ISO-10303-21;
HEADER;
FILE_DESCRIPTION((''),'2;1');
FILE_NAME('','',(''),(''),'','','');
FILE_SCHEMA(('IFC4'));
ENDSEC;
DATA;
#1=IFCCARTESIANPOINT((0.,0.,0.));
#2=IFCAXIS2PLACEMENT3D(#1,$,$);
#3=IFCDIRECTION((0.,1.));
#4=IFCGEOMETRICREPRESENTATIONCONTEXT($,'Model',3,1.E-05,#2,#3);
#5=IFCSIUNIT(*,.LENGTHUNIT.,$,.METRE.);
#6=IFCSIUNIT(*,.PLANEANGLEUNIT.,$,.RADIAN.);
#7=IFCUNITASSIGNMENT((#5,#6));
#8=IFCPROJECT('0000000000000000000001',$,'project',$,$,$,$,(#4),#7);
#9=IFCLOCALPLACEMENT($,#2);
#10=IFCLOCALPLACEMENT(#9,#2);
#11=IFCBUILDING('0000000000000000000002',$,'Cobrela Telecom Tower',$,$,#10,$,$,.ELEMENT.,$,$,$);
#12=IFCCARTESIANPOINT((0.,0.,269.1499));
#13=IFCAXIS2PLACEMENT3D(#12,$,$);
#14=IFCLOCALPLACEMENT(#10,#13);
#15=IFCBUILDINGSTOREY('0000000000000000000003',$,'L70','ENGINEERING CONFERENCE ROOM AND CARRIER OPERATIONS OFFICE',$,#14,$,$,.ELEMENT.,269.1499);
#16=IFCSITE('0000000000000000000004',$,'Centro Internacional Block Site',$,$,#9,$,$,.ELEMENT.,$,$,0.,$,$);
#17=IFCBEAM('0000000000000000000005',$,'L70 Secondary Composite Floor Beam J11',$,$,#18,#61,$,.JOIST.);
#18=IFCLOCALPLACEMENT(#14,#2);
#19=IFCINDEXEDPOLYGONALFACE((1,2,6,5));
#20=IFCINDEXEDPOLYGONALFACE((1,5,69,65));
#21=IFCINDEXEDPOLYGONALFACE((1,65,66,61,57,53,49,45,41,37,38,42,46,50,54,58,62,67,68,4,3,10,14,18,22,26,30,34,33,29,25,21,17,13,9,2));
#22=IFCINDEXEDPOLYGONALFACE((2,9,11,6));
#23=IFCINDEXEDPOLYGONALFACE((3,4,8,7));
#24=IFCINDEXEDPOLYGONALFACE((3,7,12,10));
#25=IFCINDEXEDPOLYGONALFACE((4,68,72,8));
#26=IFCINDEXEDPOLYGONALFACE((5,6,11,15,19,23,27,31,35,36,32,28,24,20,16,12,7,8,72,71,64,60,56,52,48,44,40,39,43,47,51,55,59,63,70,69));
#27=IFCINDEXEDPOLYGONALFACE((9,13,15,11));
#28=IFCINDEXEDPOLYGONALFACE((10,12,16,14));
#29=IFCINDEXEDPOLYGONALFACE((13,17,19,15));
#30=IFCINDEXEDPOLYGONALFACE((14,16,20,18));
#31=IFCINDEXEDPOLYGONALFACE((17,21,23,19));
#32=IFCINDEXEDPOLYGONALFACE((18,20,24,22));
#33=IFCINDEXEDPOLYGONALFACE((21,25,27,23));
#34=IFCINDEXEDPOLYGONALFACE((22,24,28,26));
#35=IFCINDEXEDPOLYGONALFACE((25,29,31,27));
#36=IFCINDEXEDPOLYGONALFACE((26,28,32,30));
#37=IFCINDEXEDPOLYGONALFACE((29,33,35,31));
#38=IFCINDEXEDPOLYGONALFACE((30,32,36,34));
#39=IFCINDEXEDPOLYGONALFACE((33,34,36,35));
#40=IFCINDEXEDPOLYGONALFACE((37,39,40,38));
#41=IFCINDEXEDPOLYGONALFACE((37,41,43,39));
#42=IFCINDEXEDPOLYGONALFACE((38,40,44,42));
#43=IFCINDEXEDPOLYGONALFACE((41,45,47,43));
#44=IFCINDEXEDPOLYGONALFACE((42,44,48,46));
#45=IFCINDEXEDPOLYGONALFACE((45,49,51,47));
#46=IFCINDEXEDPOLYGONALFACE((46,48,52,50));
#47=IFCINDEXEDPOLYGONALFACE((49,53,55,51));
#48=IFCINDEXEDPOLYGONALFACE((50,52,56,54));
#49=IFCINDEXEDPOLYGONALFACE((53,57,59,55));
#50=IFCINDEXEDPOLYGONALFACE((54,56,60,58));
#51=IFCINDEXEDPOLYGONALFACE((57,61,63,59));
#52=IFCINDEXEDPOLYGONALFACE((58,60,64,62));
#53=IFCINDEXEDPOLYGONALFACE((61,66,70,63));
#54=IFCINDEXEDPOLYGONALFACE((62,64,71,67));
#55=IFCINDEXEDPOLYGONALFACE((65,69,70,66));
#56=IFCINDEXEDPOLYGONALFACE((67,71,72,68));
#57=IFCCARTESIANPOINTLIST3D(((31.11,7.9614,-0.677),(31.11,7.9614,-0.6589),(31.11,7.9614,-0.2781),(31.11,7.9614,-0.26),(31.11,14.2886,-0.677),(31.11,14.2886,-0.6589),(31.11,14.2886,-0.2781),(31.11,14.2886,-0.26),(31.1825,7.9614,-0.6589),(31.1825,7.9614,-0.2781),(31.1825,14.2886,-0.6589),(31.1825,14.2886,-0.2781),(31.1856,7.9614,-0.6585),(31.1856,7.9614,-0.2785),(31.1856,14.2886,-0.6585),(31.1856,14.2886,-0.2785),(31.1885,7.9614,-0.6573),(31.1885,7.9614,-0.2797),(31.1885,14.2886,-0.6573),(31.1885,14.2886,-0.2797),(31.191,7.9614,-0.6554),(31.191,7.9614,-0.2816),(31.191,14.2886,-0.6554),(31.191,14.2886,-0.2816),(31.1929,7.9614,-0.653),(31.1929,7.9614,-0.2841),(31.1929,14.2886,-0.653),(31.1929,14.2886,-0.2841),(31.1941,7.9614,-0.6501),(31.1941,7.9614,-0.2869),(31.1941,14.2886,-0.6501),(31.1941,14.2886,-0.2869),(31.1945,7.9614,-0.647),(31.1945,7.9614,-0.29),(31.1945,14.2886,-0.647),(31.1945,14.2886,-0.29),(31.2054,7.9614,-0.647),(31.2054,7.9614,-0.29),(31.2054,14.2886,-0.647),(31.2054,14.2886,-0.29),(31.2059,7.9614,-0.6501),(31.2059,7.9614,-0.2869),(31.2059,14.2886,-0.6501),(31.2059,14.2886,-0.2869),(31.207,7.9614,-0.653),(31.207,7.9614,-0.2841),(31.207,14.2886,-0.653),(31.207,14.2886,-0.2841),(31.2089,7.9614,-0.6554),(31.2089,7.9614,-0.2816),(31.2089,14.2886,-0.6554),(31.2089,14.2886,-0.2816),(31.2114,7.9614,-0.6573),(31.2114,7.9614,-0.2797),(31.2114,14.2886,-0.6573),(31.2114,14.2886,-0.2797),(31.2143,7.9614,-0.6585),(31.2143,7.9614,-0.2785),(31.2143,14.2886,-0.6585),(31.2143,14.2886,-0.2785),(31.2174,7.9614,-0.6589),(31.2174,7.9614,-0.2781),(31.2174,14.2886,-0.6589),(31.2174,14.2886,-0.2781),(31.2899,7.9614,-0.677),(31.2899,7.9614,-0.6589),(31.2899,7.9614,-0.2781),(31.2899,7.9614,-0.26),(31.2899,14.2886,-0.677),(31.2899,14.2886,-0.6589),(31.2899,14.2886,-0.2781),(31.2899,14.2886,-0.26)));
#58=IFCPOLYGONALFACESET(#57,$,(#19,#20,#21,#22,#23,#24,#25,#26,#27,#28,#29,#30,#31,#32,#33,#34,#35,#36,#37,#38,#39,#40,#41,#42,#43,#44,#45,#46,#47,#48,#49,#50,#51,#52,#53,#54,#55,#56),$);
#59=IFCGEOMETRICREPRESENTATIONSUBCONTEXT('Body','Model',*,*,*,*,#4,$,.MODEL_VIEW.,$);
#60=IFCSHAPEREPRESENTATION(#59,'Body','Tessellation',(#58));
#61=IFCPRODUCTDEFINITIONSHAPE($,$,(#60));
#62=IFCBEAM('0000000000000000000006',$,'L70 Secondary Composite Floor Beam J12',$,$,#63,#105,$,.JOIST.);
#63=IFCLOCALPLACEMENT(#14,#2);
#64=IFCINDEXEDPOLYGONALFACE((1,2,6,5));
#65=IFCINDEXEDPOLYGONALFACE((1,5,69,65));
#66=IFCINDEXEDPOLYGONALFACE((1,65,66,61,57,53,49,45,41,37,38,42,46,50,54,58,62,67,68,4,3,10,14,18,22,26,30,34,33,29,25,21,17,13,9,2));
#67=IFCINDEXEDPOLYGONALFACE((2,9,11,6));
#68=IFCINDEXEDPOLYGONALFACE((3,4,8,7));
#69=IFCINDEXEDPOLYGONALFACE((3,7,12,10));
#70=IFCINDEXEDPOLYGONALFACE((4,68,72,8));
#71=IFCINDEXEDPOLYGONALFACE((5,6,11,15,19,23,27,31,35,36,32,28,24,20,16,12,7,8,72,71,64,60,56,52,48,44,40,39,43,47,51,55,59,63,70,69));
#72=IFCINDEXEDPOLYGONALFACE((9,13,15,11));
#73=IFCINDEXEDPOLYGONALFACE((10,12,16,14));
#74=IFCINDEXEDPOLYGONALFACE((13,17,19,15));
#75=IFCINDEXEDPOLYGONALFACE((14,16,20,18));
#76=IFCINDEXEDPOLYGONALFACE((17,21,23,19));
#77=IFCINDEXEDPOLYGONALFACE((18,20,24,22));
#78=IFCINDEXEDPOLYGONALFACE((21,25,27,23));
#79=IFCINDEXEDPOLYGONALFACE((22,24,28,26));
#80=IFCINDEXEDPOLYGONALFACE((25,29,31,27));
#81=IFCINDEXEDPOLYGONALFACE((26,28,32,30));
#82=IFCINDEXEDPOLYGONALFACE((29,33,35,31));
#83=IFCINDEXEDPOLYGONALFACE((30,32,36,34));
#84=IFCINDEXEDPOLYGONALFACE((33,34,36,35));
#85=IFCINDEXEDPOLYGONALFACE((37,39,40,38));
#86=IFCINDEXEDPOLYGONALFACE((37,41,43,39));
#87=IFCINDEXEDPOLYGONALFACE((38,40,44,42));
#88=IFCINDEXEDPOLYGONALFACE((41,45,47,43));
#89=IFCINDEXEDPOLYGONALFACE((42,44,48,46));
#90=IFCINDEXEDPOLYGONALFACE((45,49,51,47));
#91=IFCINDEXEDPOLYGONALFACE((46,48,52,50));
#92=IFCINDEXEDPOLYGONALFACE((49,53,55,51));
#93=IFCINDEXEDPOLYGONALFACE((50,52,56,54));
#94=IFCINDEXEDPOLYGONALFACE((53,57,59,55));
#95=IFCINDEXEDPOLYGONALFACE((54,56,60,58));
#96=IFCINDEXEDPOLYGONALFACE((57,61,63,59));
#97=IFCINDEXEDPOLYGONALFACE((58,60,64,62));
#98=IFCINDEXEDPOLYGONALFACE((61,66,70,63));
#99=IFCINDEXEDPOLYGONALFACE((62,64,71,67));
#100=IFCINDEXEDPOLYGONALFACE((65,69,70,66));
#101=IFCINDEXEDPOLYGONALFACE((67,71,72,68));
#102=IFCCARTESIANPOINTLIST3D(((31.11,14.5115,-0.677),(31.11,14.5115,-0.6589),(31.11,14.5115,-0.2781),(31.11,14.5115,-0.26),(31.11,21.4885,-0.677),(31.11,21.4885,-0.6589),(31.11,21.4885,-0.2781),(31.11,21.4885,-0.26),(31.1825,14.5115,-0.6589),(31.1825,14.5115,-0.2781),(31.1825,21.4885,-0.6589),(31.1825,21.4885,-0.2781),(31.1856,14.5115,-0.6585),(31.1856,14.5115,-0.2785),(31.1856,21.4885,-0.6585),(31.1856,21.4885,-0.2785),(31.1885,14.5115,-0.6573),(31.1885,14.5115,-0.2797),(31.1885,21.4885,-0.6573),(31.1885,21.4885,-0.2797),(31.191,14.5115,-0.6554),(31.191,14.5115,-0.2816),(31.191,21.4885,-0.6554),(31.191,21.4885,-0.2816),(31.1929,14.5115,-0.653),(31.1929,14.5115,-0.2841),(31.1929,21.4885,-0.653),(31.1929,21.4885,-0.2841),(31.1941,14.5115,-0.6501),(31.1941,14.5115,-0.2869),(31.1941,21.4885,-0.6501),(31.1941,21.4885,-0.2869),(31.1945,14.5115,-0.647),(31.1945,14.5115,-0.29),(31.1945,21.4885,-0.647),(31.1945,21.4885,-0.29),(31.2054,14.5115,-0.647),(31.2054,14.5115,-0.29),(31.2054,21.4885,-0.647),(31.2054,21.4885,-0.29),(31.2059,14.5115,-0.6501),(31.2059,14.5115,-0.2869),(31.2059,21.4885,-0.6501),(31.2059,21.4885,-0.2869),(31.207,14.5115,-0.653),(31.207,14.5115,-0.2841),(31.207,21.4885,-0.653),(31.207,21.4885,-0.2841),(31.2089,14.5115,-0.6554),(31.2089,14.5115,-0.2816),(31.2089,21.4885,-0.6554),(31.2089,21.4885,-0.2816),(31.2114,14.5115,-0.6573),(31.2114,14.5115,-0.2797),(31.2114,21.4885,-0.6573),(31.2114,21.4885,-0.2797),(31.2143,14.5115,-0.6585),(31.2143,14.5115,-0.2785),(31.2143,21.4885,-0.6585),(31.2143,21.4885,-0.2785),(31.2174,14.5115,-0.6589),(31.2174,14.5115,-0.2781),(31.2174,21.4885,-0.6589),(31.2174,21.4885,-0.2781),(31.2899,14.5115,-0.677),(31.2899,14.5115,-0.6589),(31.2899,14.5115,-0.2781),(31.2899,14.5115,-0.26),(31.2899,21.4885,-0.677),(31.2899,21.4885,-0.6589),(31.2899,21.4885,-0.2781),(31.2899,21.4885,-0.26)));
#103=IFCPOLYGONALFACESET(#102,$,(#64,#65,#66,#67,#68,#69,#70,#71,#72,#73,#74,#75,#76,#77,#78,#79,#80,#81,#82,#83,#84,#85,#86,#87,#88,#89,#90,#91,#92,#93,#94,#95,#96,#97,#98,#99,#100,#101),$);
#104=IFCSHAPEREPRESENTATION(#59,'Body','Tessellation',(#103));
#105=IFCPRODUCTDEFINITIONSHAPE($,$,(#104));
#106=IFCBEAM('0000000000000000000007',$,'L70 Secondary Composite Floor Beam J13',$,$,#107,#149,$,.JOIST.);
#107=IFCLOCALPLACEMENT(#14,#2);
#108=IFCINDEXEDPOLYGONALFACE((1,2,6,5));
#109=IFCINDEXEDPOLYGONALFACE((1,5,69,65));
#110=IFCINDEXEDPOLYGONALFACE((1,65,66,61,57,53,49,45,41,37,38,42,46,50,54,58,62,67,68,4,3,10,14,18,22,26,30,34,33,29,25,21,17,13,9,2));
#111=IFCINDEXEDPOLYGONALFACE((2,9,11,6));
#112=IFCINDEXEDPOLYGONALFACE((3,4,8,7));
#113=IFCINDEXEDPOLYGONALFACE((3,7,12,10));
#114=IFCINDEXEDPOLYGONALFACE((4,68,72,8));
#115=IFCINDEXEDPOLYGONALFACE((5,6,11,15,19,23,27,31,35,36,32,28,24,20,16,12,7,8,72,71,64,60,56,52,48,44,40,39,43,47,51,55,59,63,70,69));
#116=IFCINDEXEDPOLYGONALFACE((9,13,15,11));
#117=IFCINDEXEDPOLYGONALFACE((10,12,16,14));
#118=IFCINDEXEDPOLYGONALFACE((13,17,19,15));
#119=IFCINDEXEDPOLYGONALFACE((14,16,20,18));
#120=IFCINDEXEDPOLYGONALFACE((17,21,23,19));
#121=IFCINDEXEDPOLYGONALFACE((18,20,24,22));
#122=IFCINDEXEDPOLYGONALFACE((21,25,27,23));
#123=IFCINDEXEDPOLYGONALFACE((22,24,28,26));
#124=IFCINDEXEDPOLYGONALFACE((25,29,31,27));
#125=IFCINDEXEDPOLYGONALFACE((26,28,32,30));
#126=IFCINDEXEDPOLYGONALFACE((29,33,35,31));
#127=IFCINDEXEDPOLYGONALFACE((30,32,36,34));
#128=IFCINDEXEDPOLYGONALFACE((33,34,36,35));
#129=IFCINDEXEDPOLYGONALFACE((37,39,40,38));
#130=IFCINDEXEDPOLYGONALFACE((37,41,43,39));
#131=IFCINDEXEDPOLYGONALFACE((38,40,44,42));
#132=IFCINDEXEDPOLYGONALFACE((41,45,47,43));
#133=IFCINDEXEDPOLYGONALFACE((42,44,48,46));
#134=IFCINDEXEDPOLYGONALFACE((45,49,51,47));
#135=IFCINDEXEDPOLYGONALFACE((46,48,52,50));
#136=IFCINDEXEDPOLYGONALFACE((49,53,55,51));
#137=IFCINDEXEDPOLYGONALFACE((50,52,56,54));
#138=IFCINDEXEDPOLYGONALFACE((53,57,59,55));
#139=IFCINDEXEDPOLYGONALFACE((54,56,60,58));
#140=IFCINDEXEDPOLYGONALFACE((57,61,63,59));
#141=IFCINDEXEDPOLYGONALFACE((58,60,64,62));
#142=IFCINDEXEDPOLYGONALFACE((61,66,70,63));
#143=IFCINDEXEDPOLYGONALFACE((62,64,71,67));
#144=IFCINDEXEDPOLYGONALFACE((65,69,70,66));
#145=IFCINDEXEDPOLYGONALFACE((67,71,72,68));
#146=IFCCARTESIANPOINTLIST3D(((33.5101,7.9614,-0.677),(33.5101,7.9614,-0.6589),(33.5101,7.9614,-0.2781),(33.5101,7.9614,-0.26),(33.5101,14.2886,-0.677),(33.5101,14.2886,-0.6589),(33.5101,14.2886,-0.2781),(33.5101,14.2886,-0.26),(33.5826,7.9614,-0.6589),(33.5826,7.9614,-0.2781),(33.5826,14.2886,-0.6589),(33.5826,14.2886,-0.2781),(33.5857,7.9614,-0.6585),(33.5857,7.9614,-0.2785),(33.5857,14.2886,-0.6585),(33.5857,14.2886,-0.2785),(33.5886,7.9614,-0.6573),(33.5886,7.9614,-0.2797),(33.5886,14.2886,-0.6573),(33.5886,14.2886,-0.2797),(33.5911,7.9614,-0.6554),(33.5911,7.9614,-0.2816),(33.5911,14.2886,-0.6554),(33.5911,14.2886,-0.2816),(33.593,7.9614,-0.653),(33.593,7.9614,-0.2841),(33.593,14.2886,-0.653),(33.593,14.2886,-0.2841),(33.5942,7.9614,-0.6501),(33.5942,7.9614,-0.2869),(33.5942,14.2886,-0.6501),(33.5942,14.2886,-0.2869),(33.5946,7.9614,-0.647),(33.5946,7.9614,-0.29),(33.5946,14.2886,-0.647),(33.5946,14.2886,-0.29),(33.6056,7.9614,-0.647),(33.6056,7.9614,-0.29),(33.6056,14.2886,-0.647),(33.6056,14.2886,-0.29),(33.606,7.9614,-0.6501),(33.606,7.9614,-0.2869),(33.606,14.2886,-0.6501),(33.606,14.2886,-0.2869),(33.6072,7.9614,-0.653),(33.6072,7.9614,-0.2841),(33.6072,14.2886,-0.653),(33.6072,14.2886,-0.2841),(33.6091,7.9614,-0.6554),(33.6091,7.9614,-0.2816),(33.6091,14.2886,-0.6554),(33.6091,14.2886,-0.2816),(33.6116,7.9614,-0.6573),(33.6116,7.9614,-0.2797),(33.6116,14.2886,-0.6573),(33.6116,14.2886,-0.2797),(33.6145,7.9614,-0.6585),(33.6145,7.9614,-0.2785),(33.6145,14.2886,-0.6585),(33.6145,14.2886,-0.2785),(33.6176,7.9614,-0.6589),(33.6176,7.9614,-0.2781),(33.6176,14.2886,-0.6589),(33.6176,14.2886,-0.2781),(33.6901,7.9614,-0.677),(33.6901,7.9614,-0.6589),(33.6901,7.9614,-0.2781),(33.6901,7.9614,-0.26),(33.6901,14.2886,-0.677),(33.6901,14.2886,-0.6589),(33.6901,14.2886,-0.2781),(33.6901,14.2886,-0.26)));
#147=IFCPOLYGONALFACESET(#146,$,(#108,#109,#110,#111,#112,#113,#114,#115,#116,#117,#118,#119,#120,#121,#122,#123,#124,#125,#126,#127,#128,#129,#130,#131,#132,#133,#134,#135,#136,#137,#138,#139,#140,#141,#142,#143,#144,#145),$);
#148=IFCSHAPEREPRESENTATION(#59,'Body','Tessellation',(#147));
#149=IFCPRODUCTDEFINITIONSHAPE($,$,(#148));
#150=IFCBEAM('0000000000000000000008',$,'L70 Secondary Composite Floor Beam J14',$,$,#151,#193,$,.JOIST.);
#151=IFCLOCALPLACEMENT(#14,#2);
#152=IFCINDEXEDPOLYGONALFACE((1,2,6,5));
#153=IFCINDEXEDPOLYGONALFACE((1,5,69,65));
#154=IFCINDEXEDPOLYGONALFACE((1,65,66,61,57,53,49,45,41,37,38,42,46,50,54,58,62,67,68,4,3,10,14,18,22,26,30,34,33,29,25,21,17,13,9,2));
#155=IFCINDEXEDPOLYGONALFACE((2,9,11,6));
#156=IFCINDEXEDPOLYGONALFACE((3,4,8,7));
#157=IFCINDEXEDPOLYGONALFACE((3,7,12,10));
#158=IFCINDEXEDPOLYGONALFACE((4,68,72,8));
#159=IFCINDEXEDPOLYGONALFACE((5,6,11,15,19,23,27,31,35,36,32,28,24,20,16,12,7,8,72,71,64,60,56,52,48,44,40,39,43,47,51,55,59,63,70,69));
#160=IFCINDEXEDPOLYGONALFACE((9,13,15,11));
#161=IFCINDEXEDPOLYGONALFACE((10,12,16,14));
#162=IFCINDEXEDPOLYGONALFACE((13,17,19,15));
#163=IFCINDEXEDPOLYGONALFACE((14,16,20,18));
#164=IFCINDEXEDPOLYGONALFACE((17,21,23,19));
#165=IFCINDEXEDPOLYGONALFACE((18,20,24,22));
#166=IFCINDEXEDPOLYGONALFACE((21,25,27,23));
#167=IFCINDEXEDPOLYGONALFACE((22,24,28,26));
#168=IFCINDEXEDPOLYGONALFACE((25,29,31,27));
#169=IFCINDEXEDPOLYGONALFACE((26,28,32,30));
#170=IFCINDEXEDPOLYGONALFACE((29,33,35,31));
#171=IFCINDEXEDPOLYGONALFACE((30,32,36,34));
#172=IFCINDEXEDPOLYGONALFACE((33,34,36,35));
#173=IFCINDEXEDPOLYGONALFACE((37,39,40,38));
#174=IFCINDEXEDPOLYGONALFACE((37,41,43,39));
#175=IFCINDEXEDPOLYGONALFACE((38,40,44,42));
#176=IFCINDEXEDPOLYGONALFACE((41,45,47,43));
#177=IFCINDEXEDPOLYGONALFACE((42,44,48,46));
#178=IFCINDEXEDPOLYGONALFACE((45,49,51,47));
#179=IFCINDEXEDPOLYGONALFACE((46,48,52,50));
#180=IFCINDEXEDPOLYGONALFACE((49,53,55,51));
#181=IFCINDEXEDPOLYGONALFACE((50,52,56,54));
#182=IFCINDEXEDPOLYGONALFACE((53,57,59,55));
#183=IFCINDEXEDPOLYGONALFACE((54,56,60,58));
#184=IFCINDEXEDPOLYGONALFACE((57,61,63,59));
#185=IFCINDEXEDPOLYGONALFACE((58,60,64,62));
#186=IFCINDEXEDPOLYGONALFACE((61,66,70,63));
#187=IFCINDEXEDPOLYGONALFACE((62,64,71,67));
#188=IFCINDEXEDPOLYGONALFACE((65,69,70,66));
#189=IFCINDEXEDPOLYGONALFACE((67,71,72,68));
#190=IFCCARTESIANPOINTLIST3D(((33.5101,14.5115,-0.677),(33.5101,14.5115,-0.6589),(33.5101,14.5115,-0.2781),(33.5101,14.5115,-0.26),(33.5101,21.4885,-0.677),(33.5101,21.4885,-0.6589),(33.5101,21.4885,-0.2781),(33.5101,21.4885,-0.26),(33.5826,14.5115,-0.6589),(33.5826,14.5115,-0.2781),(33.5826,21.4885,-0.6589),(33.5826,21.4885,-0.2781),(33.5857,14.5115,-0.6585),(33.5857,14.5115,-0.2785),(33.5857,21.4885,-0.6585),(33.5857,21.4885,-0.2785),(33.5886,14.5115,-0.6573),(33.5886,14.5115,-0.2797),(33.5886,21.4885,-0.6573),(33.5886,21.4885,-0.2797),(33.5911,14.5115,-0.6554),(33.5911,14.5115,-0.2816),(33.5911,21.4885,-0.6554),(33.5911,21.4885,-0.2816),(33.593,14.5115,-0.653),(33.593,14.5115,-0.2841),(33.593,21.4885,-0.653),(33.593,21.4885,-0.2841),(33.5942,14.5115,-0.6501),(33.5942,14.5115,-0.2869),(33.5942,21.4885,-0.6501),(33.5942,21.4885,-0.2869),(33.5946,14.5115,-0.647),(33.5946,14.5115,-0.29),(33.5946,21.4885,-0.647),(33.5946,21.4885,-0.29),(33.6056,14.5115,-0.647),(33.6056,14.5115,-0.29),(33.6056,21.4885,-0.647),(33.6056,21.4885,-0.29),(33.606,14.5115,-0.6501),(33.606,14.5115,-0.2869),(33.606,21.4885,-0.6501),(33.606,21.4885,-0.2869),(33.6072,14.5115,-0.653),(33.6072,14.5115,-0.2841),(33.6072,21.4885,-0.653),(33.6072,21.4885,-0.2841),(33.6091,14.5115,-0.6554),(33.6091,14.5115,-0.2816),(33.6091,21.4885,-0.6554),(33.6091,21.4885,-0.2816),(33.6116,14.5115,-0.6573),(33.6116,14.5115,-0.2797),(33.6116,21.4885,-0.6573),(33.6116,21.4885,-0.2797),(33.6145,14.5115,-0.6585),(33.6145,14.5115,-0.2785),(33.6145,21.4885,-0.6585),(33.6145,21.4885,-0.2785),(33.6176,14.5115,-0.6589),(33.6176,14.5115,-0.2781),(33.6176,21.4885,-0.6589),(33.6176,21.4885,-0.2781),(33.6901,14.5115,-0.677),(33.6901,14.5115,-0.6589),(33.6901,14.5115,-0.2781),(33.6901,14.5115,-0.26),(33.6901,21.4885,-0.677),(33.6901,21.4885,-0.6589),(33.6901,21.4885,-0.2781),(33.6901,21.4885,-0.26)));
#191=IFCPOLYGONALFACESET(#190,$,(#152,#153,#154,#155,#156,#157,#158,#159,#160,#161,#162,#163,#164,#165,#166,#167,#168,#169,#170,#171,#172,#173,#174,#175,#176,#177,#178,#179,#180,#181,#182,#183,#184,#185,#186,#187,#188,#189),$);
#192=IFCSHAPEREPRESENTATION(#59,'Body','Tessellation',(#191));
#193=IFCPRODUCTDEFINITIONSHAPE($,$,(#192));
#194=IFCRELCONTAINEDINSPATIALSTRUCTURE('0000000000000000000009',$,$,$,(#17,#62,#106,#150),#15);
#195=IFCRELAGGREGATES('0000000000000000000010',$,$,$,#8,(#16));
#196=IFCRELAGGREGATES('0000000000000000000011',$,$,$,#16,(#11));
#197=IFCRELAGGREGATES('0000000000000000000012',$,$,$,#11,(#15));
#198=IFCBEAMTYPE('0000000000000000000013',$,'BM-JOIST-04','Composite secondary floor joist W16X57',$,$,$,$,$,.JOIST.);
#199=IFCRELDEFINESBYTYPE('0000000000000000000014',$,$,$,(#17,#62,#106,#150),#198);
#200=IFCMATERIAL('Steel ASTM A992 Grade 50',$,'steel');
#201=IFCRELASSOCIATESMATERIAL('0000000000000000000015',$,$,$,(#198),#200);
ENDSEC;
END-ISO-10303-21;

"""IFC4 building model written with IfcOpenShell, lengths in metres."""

from ifc_helpers import new_model, si_unit, direction, frame, origin, origin_2d, place, context, subcontext, project, spatial, i_section, extrude, material, material_profile, profile_set, type_object, element, save


model = new_model("IFC4")

# Units and contexts
model_context = context("Model", 3, precision=1e-05, world=origin(), true_north=direction((0.0, 1.0)))
body_context = subcontext(model_context, "Body", "Model", "MODEL_VIEW")
ifc_project = project(units=[si_unit("LENGTHUNIT", "METRE"), si_unit("PLANEANGLEUNIT", "RADIAN")], contexts=[model_context])

# Site, building, storey
site_placement = place(None, origin())
site = spatial("IfcSite", under=ifc_project, at=site_placement, Name="Centro Internacional Block Site", CompositionType="ELEMENT", RefElevation=0.0)
building_placement = place(site_placement, origin())
building = spatial("IfcBuilding", under=site, at=building_placement, Name="Cobrela Telecom Tower", CompositionType="ELEMENT")
storey_placement = place(building_placement, frame((0.0, 0.0, 269.1499)))
storey = spatial("IfcBuildingStorey", under=building, at=storey_placement, Name="L70", Description="ENGINEERING CONFERENCE ROOM AND CARRIER OPERATIONS OFFICE", CompositionType="ELEMENT", Elevation=269.1499)

# Shared definitions
ifc_material_1 = material(Name="Steel ASTM A992 Grade 50", Category="steel")

# Beams
ifc_material_profile_1 = material_profile(ifc_material_1, i_section(OverallWidth=0.1799, OverallDepth=0.417, WebThickness=0.011, FlangeThickness=0.0181, FilletRadius=0.012, at=origin_2d()), Name="W16X57")
ifc_profile_set_1 = profile_set([ifc_material_profile_1], Name="Steel ASTM A992 Grade 50")
beam_type_1 = type_object("IfcBeamType", Name="BM-JOIST-04", Description="Composite secondary floor joist W16X57", PredefinedType="JOIST", material=ifc_profile_set_1)
beam_1_placement = place(storey_placement, frame((31.2, 7.9614, -0.4685), z_axis=(0.0, 1.0, 0.0), x_axis=(-1.0, 0.0, 0.0)))
element("IfcBeam", 1, at=beam_1_placement, inside=storey, type_object=beam_type_1, Name="L70 Secondary Composite Floor Beam J11", PredefinedType="JOIST", context=body_context, shape_type="SweptSolid", body=[
    extrude(i_section(OverallWidth=0.1799, OverallDepth=0.417, WebThickness=0.011, FlangeThickness=0.0181, FilletRadius=0.012, at=origin_2d()), origin(), (0.0, 0.0, 1.0), 6.3271),
])
beam_2_placement = place(storey_placement, frame((31.2, 14.5115, -0.4685), z_axis=(0.0, 1.0, 0.0), x_axis=(-1.0, 0.0, 0.0)))
element("IfcBeam", 2, at=beam_2_placement, inside=storey, type_object=beam_type_1, Name="L70 Secondary Composite Floor Beam J12", PredefinedType="JOIST", context=body_context, shape_type="SweptSolid", body=[
    extrude(i_section(OverallWidth=0.1799, OverallDepth=0.417, WebThickness=0.011, FlangeThickness=0.0181, FilletRadius=0.012, at=origin_2d()), origin(), (0.0, 0.0, 1.0), 6.9771),
])
beam_3_placement = place(storey_placement, frame((33.6001, 7.9614, -0.4685), z_axis=(0.0, 1.0, 0.0), x_axis=(-1.0, 0.0, 0.0)))
element("IfcBeam", 3, at=beam_3_placement, inside=storey, type_object=beam_type_1, Name="L70 Secondary Composite Floor Beam J13", PredefinedType="JOIST", context=body_context, shape_type="SweptSolid", body=[
    extrude(i_section(OverallWidth=0.1799, OverallDepth=0.417, WebThickness=0.011, FlangeThickness=0.0181, FilletRadius=0.012, at=origin_2d()), origin(), (0.0, 0.0, 1.0), 6.3271),
])
for number, where, z_axis, x_axis, name in (
    (4, (33.6001, 14.5115, -0.4685), (0.0, 1.0, 0.0), (-1.0, 0.0, 0.0), "L70 Secondary Composite Floor Beam J14"),
):
    element("IfcBeam", number, at=place(storey_placement, frame(where, z_axis=z_axis, x_axis=x_axis)), inside=storey, type_object=beam_type_1, Name=name, PredefinedType="JOIST", context=body_context, shape_type="SweptSolid", body=[
        extrude(i_section(OverallWidth=0.1799, OverallDepth=0.417, WebThickness=0.011, FlangeThickness=0.0181, FilletRadius=0.012, at=origin_2d()), origin(), (0.0, 0.0, 1.0), 6.9771),
    ])

save(model, "model.ifc")
